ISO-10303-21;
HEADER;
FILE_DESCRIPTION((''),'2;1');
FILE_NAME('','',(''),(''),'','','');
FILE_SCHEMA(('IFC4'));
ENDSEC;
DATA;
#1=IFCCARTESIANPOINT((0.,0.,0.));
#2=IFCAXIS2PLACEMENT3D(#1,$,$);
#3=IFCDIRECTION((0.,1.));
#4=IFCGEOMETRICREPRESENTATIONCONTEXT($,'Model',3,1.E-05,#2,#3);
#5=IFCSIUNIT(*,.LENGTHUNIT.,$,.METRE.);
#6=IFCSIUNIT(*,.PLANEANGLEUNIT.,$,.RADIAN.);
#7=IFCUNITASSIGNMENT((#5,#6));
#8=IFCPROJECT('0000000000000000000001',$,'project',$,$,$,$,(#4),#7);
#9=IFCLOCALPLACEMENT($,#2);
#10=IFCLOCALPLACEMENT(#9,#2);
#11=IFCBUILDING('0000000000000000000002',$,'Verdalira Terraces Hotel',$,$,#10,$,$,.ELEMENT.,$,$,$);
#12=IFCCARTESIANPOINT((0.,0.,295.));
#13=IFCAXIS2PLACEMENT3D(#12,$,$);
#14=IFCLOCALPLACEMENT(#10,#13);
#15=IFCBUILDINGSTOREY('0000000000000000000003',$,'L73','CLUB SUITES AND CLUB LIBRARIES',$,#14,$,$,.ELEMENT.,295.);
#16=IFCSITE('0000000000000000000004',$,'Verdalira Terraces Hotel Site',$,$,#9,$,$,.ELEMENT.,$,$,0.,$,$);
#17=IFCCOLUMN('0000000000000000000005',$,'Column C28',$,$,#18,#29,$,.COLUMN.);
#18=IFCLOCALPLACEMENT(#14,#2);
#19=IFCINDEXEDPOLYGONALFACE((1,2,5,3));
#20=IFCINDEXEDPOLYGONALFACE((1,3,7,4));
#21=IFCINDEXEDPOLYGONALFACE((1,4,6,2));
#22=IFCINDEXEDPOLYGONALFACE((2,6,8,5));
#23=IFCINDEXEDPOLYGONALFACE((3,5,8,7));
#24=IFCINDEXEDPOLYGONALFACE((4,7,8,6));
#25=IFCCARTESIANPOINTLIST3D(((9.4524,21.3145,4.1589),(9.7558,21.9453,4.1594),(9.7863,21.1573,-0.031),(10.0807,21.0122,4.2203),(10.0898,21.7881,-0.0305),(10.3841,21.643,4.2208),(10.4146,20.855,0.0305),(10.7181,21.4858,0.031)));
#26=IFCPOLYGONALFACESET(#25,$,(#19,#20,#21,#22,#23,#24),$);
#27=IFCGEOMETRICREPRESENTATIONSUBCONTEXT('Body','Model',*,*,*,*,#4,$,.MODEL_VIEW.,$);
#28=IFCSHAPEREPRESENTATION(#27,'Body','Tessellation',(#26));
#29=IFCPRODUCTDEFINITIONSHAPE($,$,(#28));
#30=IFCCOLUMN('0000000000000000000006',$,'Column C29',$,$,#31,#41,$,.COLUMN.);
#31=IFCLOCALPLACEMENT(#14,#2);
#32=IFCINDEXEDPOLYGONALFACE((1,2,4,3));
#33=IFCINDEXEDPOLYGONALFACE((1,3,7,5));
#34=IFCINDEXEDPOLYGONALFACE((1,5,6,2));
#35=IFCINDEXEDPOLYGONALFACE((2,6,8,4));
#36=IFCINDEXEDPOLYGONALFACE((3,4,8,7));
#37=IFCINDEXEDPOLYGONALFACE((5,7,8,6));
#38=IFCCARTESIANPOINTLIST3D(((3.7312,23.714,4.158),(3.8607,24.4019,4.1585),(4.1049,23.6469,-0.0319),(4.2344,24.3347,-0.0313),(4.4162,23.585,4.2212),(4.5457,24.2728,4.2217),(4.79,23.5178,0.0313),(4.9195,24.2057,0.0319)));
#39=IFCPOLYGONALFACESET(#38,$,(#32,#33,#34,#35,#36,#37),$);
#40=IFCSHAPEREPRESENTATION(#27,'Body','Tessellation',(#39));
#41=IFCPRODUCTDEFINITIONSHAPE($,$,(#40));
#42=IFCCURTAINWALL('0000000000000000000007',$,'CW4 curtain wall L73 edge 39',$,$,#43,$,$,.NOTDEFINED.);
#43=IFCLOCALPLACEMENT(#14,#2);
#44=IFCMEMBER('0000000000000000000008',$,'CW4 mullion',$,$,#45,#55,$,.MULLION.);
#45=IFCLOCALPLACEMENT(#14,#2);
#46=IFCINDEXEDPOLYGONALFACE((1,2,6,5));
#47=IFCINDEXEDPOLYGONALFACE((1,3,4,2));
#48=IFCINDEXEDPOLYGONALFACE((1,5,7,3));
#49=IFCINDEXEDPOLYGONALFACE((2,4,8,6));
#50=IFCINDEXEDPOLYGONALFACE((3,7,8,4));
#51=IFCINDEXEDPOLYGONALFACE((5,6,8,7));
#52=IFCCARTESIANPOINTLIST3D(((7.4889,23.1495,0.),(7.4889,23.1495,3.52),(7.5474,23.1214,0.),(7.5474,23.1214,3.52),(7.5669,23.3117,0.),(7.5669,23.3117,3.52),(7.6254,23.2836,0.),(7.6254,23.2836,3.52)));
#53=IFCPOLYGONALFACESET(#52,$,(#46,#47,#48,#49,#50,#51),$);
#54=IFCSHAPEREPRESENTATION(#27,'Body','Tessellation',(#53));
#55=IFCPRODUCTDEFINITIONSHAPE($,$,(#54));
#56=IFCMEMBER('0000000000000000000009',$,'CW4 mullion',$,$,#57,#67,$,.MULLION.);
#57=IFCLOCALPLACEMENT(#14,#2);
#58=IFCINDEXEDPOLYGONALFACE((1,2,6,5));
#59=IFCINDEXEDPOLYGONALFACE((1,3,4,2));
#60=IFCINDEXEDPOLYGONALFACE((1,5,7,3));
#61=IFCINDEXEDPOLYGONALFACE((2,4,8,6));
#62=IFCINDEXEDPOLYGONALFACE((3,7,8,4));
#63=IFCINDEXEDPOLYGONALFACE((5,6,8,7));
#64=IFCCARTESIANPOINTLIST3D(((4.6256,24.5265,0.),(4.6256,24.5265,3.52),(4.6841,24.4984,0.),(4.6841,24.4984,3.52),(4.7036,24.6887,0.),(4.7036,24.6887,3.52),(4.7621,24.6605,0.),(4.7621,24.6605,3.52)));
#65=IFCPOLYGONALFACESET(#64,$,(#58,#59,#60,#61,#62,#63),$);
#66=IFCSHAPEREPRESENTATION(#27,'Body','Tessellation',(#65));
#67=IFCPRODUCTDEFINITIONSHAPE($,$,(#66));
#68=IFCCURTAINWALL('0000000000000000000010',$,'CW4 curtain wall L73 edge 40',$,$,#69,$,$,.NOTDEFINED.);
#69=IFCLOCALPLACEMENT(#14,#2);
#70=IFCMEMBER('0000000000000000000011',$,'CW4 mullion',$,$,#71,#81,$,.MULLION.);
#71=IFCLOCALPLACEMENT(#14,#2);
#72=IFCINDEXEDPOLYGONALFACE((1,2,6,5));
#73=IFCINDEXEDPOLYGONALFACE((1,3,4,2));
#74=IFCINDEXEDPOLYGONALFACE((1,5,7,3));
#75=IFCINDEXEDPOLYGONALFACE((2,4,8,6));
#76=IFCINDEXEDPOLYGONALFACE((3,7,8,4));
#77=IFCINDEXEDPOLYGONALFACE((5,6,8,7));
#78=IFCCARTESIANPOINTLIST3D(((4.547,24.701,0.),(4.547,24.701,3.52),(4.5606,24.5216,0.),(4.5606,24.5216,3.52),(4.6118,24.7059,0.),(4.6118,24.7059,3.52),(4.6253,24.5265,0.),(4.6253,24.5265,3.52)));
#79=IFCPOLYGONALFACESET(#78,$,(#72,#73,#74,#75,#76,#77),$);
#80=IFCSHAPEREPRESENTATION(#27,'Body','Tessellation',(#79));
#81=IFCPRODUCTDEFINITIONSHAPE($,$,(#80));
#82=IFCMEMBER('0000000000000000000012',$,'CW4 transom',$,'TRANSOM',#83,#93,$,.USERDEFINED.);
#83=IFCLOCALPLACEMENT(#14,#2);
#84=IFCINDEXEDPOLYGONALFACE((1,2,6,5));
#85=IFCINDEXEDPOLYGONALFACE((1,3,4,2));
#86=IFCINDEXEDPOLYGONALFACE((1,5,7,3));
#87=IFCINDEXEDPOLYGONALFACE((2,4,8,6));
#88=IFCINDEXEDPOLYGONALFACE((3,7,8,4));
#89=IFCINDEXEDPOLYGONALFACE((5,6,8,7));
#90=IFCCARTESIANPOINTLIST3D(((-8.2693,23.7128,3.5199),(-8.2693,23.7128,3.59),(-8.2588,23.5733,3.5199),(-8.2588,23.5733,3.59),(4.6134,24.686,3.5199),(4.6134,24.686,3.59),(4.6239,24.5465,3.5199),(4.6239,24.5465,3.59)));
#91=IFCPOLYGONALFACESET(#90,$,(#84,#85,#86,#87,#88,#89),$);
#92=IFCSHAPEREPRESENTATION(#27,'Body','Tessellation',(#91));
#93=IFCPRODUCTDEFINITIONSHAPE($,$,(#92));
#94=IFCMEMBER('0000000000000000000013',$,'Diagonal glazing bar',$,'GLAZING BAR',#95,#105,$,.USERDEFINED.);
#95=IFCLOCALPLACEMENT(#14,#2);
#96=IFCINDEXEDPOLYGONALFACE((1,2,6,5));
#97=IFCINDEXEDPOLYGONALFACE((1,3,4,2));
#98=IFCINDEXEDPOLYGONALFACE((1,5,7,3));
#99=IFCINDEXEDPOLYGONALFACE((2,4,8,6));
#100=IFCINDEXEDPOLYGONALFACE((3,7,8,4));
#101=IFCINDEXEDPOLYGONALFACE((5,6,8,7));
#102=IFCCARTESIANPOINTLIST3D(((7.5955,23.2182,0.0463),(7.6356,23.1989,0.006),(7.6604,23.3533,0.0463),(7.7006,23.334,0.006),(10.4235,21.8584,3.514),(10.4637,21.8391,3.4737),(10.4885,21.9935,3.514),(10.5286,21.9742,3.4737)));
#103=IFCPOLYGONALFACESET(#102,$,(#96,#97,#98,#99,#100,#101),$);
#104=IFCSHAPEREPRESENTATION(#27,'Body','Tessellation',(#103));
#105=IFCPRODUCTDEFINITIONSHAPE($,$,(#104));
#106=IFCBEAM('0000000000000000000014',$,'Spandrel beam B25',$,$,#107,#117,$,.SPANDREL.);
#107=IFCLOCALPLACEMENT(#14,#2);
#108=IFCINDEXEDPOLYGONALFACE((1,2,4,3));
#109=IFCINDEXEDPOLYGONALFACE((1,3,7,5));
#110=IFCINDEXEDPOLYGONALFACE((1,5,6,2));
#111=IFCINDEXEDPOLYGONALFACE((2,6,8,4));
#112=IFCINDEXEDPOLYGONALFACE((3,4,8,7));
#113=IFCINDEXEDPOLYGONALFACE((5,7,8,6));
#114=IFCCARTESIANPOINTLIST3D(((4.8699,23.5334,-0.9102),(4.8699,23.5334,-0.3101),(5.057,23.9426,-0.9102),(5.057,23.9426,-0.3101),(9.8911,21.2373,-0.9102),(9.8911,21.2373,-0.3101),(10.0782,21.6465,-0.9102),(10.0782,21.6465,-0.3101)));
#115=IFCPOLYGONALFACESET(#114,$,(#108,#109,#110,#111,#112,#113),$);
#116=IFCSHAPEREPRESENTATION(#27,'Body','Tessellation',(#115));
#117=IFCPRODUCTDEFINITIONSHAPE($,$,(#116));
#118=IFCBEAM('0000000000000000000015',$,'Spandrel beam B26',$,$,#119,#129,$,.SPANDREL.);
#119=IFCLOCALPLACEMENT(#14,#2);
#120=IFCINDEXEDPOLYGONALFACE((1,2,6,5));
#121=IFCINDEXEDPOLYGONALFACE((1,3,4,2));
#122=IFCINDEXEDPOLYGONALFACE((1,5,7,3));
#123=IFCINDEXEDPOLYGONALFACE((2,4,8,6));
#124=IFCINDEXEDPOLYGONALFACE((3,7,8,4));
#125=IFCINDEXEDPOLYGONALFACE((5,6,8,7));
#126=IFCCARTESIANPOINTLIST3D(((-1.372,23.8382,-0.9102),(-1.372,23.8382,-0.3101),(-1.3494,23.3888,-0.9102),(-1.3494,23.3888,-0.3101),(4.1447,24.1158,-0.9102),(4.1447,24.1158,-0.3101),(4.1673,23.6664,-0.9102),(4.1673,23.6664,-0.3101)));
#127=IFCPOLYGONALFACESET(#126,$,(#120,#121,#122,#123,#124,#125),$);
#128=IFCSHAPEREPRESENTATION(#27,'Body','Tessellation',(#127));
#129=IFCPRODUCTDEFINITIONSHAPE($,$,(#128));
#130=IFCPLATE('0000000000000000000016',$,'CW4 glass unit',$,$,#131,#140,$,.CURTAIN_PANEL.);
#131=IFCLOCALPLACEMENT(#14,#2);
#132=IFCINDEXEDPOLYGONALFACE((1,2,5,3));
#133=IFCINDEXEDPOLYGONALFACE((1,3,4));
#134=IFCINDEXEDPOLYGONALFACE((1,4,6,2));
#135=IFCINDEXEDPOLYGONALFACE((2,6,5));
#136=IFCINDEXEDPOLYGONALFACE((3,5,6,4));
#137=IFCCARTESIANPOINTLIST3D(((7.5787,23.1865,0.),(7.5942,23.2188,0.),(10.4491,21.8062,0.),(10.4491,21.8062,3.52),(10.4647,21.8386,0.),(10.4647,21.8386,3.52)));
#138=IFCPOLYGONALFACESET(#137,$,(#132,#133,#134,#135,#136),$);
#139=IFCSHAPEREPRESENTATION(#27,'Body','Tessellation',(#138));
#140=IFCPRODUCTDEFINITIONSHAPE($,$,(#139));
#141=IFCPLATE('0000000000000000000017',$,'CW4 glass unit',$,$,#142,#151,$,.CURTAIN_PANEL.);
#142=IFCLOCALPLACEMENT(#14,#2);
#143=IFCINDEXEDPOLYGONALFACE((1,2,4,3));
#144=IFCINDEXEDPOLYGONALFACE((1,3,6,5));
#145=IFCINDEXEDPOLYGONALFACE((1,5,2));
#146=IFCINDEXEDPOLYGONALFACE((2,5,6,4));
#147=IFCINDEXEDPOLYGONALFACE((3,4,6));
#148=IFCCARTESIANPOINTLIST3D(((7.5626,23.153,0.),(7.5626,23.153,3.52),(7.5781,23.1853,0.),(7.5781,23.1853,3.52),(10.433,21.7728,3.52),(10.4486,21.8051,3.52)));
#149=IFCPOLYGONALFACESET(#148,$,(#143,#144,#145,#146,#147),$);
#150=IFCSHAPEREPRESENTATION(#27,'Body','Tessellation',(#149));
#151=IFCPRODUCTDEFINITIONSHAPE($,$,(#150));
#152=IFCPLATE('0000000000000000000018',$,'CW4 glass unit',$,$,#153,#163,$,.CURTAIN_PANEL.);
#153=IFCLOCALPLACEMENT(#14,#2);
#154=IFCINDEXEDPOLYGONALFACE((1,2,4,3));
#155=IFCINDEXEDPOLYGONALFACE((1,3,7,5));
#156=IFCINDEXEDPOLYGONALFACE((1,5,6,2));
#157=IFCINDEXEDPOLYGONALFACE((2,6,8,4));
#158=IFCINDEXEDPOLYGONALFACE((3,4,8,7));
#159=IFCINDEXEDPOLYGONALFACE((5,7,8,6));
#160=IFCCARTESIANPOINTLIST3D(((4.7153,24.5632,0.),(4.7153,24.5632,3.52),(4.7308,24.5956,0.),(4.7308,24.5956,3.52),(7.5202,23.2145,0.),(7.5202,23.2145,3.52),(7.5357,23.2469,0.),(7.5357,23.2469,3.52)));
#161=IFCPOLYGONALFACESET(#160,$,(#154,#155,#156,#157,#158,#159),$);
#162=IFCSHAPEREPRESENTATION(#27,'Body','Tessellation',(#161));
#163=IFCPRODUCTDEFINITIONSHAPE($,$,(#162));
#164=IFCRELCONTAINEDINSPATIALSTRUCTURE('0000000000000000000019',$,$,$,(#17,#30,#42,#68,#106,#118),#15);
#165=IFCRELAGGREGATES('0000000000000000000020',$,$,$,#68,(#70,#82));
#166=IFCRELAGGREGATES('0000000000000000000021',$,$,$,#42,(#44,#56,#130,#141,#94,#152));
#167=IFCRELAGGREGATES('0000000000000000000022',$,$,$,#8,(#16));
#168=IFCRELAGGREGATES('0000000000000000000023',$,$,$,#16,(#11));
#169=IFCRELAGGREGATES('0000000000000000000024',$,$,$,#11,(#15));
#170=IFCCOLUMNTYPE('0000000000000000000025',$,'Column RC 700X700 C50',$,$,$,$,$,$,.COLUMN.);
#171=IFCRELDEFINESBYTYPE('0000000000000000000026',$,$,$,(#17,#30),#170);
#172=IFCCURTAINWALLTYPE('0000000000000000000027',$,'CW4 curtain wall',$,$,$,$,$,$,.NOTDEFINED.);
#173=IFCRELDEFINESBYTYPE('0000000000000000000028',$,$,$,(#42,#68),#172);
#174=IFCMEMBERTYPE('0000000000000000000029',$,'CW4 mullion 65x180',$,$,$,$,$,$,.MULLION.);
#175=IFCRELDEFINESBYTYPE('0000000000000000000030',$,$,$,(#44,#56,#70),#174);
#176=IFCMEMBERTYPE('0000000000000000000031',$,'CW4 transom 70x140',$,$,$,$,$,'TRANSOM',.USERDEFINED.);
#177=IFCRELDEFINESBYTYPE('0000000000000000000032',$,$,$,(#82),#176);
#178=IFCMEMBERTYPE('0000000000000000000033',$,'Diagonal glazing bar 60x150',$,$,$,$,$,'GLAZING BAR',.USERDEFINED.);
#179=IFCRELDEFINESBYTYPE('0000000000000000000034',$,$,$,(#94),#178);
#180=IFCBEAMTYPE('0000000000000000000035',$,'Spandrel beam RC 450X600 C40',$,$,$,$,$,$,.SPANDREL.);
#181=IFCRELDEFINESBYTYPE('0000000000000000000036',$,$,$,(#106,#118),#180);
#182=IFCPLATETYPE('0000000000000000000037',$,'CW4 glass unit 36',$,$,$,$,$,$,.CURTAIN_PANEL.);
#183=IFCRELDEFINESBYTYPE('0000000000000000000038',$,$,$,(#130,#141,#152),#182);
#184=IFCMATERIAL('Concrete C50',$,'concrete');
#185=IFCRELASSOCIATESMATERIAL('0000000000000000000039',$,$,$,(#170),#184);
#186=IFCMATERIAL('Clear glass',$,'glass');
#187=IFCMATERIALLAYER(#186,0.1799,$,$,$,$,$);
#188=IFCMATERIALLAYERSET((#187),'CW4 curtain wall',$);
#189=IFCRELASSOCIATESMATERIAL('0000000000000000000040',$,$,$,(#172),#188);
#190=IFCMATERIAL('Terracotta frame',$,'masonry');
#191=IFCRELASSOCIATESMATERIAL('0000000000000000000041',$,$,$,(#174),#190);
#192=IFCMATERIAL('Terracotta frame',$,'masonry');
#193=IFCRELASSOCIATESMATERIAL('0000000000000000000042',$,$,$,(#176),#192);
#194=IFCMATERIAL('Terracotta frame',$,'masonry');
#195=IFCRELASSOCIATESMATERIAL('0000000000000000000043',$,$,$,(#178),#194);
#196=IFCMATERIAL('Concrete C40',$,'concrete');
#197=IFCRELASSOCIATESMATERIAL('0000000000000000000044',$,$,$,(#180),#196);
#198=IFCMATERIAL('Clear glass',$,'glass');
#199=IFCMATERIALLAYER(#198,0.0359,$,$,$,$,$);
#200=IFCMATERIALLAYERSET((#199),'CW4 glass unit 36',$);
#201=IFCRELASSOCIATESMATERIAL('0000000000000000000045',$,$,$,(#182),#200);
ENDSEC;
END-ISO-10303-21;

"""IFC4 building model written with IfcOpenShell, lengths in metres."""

from ifc_helpers import new_model, si_unit, direction, frame, origin, origin_2d, place, context, subcontext, project, spatial, polyline, rectangle, outline, extrude, material, layer, layer_set, material_profile, profile_set, type_object, element, aggregate, save


model = new_model("IFC4")

# Units and contexts
model_context = context("Model", 3, precision=1e-05, world=origin(), true_north=direction((0.0, 1.0)))
body_context = subcontext(model_context, "Body", "Model", "MODEL_VIEW")
ifc_project = project(units=[si_unit("LENGTHUNIT", "METRE"), si_unit("PLANEANGLEUNIT", "RADIAN")], contexts=[model_context])

# Site, building, storey
site_placement = place(None, origin())
site = spatial("IfcSite", under=ifc_project, at=site_placement, Name="Verdalira Terraces Hotel Site", CompositionType="ELEMENT", RefElevation=0.0)
building_placement = place(site_placement, origin())
building = spatial("IfcBuilding", under=site, at=building_placement, Name="Verdalira Terraces Hotel", CompositionType="ELEMENT")
storey_placement = place(building_placement, frame((0.0, 0.0, 295.0)))
storey = spatial("IfcBuildingStorey", under=building, at=storey_placement, Name="L73", Description="CLUB SUITES AND CLUB LIBRARIES", CompositionType="ELEMENT", Elevation=295.0)

# Columns
ifc_material_1 = material(Name="Concrete C50", Category="concrete")
ifc_material_profile_1 = material_profile(ifc_material_1, rectangle(XDim=0.7, YDim=0.7, at=origin_2d()), Name="RC 700X700")
ifc_profile_set_1 = profile_set([ifc_material_profile_1], Name="Concrete C50")
column_type = type_object("IfcColumnType", Name="Column RC 700X700 C50", PredefinedType="COLUMN", material=ifc_profile_set_1)
column_1_placement = place(storey_placement, frame((10.2522, 21.3215, 0.0), z_axis=(-0.079403, 0.03738, 0.996141), x_axis=(-0.897654, 0.431876, -0.087759)))
element("IfcColumn", 1, at=column_1_placement, inside=storey, type_object=column_type, Name="Column C28", PredefinedType="COLUMN", context=body_context, shape_type="SweptSolid", body=[
    extrude(rectangle(XDim=0.7, YDim=0.7, at=origin_2d()), origin(), (0.0, 0.0, 1.0), 4.2061),
])
column_2_placement = place(storey_placement, frame((4.5122, 23.9263, 0.0), z_axis=(-0.088845, 0.015958, 0.995918), x_axis=(0.978708, -0.184344, 0.090263)))
element("IfcColumn", 2, at=column_2_placement, inside=storey, type_object=column_type, Name="Column C29", PredefinedType="COLUMN", context=body_context, shape_type="SweptSolid", body=[
    extrude(rectangle(XDim=0.7, YDim=0.7, at=origin_2d()), origin(), (0.0, 0.0, 1.0), 4.207),
])

# Curtain walls, members
ifc_material_2 = material(Name="Clear glass", Category="glass")
ifc_layer_1 = layer(ifc_material_2, 0.1799)
ifc_layer_set_1 = layer_set([ifc_layer_1], Name="CW4 curtain wall")
curtain_wall_type = type_object("IfcCurtainWallType", Name="CW4 curtain wall", PredefinedType="NOTDEFINED", material=ifc_layer_set_1)
curtain_wall_1_placement = place(storey_placement, origin())
curtain_wall_1 = element("IfcCurtainWall", 3, at=curtain_wall_1_placement, inside=storey, type_object=curtain_wall_type, Name="CW4 curtain wall L73 edge 39", PredefinedType="NOTDEFINED")
ifc_material_3 = material(Name="Terracotta frame", Category="masonry")
ifc_material_profile_2 = material_profile(ifc_material_3, rectangle(XDim=0.0649, YDim=0.1799, at=origin_2d()), Name="MU 65x180")
ifc_profile_set_2 = profile_set([ifc_material_profile_2], Name="Terracotta frame")
member_type_1 = type_object("IfcMemberType", Name="CW4 mullion 65x180", PredefinedType="MULLION", material=ifc_profile_set_2)
member_1_placement = place(storey_placement, frame((7.5571, 23.2166, 0.0), z_axis=(0.0, 0.0, 1.0), x_axis=(-0.901228, 0.433345, 0.0)))
member_1 = element("IfcMember", 4, at=member_1_placement, type_object=member_type_1, Name="CW4 mullion", PredefinedType="MULLION", context=body_context, shape_type="SweptSolid", body=[
    extrude(rectangle(XDim=0.0649, YDim=0.1799, at=origin_2d()), origin(), (0.0, 0.0, 1.0), 3.52),
])
member_2_placement = place(storey_placement, frame((4.6938, 24.5935, 0.0), z_axis=(0.0, 0.0, 1.0), x_axis=(-0.901228, 0.433345, 0.0)))
member_2 = element("IfcMember", 5, at=member_2_placement, type_object=member_type_1, Name="CW4 mullion", PredefinedType="MULLION", context=body_context, shape_type="SweptSolid", body=[
    extrude(rectangle(XDim=0.0649, YDim=0.1799, at=origin_2d()), origin(), (0.0, 0.0, 1.0), 3.52),
])
curtain_wall_2_placement = place(storey_placement, origin())
curtain_wall_2 = element("IfcCurtainWall", 6, at=curtain_wall_2_placement, inside=storey, type_object=curtain_wall_type, Name="CW4 curtain wall L73 edge 40", PredefinedType="NOTDEFINED")
member_3_placement = place(storey_placement, frame((4.5862, 24.6138, 0.0), z_axis=(0.0, 0.0, 1.0), x_axis=(-0.997159, -0.075327, 0.0)))
member_3 = element("IfcMember", 7, at=member_3_placement, type_object=member_type_1, Name="CW4 mullion", PredefinedType="MULLION", context=body_context, shape_type="SweptSolid", body=[
    extrude(rectangle(XDim=0.0649, YDim=0.1799, at=origin_2d()), origin(), (0.0, 0.0, 1.0), 3.52),
])
ifc_material_4 = material(Name="Terracotta frame", Category="masonry")
ifc_material_profile_3 = material_profile(ifc_material_4, rectangle(XDim=0.1399, YDim=0.0701, at=origin_2d()), Name="TR 70x140")
ifc_profile_set_3 = profile_set([ifc_material_profile_3], Name="Terracotta frame")
member_type_2 = type_object("IfcMemberType", Name="CW4 transom 70x140", ElementType="TRANSOM", PredefinedType="USERDEFINED", material=ifc_profile_set_3)
member_4_placement = place(storey_placement, frame((4.6187, 24.6162, 3.5549), z_axis=(-0.997159, -0.075324, 0.0), x_axis=(0.075324, -0.997159, 0.0)))
member_4 = element("IfcMember", 8, at=member_4_placement, type_object=member_type_2, Name="CW4 transom", ObjectType="TRANSOM", PredefinedType="USERDEFINED", context=body_context, shape_type="SweptSolid", body=[
    extrude(rectangle(XDim=0.1399, YDim=0.0701, at=origin_2d()), origin(), (0.0, 0.0, 1.0), 12.9194),
])
aggregate(curtain_wall_2, [member_3, member_4])

# Member
ifc_material_5 = material(Name="Terracotta frame", Category="masonry")
ifc_material_profile_4 = material_profile(ifc_material_5, rectangle(XDim=0.1499, YDim=0.0601, at=origin_2d()), Name="GB 60x150")
ifc_profile_set_4 = profile_set([ifc_material_profile_4], Name="Terracotta frame")
member_type_3 = type_object("IfcMemberType", Name="Diagonal glazing bar 60x150", ElementType="GLAZING BAR", PredefinedType="USERDEFINED", material=ifc_profile_set_4)
member_5_placement = place(storey_placement, frame((10.4761, 21.9163, 3.4939), z_axis=(-0.604707, 0.290764, -0.741476), x_axis=(-0.433343, -0.901229, 0.0)))
member_5 = element("IfcMember", 9, at=member_5_placement, type_object=member_type_3, Name="Diagonal glazing bar", ObjectType="GLAZING BAR", PredefinedType="USERDEFINED", context=body_context, shape_type="SweptSolid", body=[
    extrude(rectangle(XDim=0.1499, YDim=0.0601, at=origin_2d()), origin(), (0.0, 0.0, 1.0), 4.6768),
])

# Beams
ifc_material_6 = material(Name="Concrete C40", Category="concrete")
ifc_material_profile_5 = material_profile(ifc_material_6, rectangle(XDim=0.45, YDim=0.6001, at=origin_2d()), Name="RC 450X600")
ifc_profile_set_5 = profile_set([ifc_material_profile_5], Name="Concrete C40")
beam_type = type_object("IfcBeamType", Name="Spandrel beam RC 450X600 C40", PredefinedType="SPANDREL", material=ifc_profile_set_5)
beam_1_placement = place(storey_placement, frame((9.9846, 21.4419, -0.6101), z_axis=(-0.909425, 0.415867, 0.0), x_axis=(-0.415867, -0.909425, 0.0)))
element("IfcBeam", 10, at=beam_1_placement, inside=storey, type_object=beam_type, Name="Spandrel beam B25", PredefinedType="SPANDREL", context=body_context, shape_type="SweptSolid", body=[
    extrude(rectangle(XDim=0.45, YDim=0.6001, at=origin_2d()), origin(), (0.0, 0.0, 1.0), 5.5212),
])
beam_2_placement = place(storey_placement, frame((4.156, 23.8911, -0.6101), z_axis=(-0.998736, -0.050255, 0.0), x_axis=(0.050255, -0.998736, 0.0)))
element("IfcBeam", 11, at=beam_2_placement, inside=storey, type_object=beam_type, Name="Spandrel beam B26", PredefinedType="SPANDREL", context=body_context, shape_type="SweptSolid", body=[
    extrude(rectangle(XDim=0.45, YDim=0.6001, at=origin_2d()), origin(), (0.0, 0.0, 1.0), 5.5237),
])

# Plates
ifc_material_7 = material(Name="Clear glass", Category="glass")
ifc_layer_2 = layer(ifc_material_7, 0.0359)
ifc_layer_set_2 = layer_set([ifc_layer_2], Name="CW4 glass unit 36")
plate_type = type_object("IfcPlateType", Name="CW4 glass unit 36", PredefinedType="CURTAIN_PANEL", material=ifc_layer_set_2)
plate_1_placement = place(storey_placement, frame((9.0139, 22.4963, 1.76), z_axis=(0.433345, 0.901228, 0.0), x_axis=(-0.901228, 0.433345, 0.0)))
plate_1 = element("IfcPlate", 12, at=plate_1_placement, type_object=plate_type, Name="CW4 glass unit", PredefinedType="CURTAIN_PANEL", context=body_context, shape_type="SweptSolid", body=[
    extrude(outline(polyline([(-1.5925, -1.76), (1.5925, -1.76), (-1.5925, 1.76), (-1.5925, -1.76)])), origin(), (0.0, 0.0, 1.0), 0.0359),
])
plate_2_placement = place(storey_placement, frame((8.9978, 22.4629, 1.76), z_axis=(0.433345, 0.901228, 0.0), x_axis=(-0.901228, 0.433345, 0.0)))
plate_2 = element("IfcPlate", 13, at=plate_2_placement, type_object=plate_type, Name="CW4 glass unit", PredefinedType="CURTAIN_PANEL", context=body_context, shape_type="SweptSolid", body=[
    extrude(outline(polyline([(1.5925, -1.76), (1.5925, 1.76), (-1.5925, 1.76), (1.5925, -1.76)])), origin(), (0.0, 0.0, 1.0), 0.0359),
])
plate_3_placement = place(storey_placement, frame((6.1255, 23.905, 0.0), z_axis=(0.0, 0.0, 1.0), x_axis=(-0.901228, 0.433345, 0.0)))
plate_3 = element("IfcPlate", 14, at=plate_3_placement, type_object=plate_type, Name="CW4 glass unit", PredefinedType="CURTAIN_PANEL", context=body_context, shape_type="SweptSolid", body=[
    extrude(rectangle(XDim=3.1123, YDim=0.0359, at=origin_2d()), origin(), (0.0, 0.0, 1.0), 3.52),
])
aggregate(curtain_wall_1, [member_1, member_2, plate_1, plate_2, member_5, plate_3])

save(model, "model.ifc")
